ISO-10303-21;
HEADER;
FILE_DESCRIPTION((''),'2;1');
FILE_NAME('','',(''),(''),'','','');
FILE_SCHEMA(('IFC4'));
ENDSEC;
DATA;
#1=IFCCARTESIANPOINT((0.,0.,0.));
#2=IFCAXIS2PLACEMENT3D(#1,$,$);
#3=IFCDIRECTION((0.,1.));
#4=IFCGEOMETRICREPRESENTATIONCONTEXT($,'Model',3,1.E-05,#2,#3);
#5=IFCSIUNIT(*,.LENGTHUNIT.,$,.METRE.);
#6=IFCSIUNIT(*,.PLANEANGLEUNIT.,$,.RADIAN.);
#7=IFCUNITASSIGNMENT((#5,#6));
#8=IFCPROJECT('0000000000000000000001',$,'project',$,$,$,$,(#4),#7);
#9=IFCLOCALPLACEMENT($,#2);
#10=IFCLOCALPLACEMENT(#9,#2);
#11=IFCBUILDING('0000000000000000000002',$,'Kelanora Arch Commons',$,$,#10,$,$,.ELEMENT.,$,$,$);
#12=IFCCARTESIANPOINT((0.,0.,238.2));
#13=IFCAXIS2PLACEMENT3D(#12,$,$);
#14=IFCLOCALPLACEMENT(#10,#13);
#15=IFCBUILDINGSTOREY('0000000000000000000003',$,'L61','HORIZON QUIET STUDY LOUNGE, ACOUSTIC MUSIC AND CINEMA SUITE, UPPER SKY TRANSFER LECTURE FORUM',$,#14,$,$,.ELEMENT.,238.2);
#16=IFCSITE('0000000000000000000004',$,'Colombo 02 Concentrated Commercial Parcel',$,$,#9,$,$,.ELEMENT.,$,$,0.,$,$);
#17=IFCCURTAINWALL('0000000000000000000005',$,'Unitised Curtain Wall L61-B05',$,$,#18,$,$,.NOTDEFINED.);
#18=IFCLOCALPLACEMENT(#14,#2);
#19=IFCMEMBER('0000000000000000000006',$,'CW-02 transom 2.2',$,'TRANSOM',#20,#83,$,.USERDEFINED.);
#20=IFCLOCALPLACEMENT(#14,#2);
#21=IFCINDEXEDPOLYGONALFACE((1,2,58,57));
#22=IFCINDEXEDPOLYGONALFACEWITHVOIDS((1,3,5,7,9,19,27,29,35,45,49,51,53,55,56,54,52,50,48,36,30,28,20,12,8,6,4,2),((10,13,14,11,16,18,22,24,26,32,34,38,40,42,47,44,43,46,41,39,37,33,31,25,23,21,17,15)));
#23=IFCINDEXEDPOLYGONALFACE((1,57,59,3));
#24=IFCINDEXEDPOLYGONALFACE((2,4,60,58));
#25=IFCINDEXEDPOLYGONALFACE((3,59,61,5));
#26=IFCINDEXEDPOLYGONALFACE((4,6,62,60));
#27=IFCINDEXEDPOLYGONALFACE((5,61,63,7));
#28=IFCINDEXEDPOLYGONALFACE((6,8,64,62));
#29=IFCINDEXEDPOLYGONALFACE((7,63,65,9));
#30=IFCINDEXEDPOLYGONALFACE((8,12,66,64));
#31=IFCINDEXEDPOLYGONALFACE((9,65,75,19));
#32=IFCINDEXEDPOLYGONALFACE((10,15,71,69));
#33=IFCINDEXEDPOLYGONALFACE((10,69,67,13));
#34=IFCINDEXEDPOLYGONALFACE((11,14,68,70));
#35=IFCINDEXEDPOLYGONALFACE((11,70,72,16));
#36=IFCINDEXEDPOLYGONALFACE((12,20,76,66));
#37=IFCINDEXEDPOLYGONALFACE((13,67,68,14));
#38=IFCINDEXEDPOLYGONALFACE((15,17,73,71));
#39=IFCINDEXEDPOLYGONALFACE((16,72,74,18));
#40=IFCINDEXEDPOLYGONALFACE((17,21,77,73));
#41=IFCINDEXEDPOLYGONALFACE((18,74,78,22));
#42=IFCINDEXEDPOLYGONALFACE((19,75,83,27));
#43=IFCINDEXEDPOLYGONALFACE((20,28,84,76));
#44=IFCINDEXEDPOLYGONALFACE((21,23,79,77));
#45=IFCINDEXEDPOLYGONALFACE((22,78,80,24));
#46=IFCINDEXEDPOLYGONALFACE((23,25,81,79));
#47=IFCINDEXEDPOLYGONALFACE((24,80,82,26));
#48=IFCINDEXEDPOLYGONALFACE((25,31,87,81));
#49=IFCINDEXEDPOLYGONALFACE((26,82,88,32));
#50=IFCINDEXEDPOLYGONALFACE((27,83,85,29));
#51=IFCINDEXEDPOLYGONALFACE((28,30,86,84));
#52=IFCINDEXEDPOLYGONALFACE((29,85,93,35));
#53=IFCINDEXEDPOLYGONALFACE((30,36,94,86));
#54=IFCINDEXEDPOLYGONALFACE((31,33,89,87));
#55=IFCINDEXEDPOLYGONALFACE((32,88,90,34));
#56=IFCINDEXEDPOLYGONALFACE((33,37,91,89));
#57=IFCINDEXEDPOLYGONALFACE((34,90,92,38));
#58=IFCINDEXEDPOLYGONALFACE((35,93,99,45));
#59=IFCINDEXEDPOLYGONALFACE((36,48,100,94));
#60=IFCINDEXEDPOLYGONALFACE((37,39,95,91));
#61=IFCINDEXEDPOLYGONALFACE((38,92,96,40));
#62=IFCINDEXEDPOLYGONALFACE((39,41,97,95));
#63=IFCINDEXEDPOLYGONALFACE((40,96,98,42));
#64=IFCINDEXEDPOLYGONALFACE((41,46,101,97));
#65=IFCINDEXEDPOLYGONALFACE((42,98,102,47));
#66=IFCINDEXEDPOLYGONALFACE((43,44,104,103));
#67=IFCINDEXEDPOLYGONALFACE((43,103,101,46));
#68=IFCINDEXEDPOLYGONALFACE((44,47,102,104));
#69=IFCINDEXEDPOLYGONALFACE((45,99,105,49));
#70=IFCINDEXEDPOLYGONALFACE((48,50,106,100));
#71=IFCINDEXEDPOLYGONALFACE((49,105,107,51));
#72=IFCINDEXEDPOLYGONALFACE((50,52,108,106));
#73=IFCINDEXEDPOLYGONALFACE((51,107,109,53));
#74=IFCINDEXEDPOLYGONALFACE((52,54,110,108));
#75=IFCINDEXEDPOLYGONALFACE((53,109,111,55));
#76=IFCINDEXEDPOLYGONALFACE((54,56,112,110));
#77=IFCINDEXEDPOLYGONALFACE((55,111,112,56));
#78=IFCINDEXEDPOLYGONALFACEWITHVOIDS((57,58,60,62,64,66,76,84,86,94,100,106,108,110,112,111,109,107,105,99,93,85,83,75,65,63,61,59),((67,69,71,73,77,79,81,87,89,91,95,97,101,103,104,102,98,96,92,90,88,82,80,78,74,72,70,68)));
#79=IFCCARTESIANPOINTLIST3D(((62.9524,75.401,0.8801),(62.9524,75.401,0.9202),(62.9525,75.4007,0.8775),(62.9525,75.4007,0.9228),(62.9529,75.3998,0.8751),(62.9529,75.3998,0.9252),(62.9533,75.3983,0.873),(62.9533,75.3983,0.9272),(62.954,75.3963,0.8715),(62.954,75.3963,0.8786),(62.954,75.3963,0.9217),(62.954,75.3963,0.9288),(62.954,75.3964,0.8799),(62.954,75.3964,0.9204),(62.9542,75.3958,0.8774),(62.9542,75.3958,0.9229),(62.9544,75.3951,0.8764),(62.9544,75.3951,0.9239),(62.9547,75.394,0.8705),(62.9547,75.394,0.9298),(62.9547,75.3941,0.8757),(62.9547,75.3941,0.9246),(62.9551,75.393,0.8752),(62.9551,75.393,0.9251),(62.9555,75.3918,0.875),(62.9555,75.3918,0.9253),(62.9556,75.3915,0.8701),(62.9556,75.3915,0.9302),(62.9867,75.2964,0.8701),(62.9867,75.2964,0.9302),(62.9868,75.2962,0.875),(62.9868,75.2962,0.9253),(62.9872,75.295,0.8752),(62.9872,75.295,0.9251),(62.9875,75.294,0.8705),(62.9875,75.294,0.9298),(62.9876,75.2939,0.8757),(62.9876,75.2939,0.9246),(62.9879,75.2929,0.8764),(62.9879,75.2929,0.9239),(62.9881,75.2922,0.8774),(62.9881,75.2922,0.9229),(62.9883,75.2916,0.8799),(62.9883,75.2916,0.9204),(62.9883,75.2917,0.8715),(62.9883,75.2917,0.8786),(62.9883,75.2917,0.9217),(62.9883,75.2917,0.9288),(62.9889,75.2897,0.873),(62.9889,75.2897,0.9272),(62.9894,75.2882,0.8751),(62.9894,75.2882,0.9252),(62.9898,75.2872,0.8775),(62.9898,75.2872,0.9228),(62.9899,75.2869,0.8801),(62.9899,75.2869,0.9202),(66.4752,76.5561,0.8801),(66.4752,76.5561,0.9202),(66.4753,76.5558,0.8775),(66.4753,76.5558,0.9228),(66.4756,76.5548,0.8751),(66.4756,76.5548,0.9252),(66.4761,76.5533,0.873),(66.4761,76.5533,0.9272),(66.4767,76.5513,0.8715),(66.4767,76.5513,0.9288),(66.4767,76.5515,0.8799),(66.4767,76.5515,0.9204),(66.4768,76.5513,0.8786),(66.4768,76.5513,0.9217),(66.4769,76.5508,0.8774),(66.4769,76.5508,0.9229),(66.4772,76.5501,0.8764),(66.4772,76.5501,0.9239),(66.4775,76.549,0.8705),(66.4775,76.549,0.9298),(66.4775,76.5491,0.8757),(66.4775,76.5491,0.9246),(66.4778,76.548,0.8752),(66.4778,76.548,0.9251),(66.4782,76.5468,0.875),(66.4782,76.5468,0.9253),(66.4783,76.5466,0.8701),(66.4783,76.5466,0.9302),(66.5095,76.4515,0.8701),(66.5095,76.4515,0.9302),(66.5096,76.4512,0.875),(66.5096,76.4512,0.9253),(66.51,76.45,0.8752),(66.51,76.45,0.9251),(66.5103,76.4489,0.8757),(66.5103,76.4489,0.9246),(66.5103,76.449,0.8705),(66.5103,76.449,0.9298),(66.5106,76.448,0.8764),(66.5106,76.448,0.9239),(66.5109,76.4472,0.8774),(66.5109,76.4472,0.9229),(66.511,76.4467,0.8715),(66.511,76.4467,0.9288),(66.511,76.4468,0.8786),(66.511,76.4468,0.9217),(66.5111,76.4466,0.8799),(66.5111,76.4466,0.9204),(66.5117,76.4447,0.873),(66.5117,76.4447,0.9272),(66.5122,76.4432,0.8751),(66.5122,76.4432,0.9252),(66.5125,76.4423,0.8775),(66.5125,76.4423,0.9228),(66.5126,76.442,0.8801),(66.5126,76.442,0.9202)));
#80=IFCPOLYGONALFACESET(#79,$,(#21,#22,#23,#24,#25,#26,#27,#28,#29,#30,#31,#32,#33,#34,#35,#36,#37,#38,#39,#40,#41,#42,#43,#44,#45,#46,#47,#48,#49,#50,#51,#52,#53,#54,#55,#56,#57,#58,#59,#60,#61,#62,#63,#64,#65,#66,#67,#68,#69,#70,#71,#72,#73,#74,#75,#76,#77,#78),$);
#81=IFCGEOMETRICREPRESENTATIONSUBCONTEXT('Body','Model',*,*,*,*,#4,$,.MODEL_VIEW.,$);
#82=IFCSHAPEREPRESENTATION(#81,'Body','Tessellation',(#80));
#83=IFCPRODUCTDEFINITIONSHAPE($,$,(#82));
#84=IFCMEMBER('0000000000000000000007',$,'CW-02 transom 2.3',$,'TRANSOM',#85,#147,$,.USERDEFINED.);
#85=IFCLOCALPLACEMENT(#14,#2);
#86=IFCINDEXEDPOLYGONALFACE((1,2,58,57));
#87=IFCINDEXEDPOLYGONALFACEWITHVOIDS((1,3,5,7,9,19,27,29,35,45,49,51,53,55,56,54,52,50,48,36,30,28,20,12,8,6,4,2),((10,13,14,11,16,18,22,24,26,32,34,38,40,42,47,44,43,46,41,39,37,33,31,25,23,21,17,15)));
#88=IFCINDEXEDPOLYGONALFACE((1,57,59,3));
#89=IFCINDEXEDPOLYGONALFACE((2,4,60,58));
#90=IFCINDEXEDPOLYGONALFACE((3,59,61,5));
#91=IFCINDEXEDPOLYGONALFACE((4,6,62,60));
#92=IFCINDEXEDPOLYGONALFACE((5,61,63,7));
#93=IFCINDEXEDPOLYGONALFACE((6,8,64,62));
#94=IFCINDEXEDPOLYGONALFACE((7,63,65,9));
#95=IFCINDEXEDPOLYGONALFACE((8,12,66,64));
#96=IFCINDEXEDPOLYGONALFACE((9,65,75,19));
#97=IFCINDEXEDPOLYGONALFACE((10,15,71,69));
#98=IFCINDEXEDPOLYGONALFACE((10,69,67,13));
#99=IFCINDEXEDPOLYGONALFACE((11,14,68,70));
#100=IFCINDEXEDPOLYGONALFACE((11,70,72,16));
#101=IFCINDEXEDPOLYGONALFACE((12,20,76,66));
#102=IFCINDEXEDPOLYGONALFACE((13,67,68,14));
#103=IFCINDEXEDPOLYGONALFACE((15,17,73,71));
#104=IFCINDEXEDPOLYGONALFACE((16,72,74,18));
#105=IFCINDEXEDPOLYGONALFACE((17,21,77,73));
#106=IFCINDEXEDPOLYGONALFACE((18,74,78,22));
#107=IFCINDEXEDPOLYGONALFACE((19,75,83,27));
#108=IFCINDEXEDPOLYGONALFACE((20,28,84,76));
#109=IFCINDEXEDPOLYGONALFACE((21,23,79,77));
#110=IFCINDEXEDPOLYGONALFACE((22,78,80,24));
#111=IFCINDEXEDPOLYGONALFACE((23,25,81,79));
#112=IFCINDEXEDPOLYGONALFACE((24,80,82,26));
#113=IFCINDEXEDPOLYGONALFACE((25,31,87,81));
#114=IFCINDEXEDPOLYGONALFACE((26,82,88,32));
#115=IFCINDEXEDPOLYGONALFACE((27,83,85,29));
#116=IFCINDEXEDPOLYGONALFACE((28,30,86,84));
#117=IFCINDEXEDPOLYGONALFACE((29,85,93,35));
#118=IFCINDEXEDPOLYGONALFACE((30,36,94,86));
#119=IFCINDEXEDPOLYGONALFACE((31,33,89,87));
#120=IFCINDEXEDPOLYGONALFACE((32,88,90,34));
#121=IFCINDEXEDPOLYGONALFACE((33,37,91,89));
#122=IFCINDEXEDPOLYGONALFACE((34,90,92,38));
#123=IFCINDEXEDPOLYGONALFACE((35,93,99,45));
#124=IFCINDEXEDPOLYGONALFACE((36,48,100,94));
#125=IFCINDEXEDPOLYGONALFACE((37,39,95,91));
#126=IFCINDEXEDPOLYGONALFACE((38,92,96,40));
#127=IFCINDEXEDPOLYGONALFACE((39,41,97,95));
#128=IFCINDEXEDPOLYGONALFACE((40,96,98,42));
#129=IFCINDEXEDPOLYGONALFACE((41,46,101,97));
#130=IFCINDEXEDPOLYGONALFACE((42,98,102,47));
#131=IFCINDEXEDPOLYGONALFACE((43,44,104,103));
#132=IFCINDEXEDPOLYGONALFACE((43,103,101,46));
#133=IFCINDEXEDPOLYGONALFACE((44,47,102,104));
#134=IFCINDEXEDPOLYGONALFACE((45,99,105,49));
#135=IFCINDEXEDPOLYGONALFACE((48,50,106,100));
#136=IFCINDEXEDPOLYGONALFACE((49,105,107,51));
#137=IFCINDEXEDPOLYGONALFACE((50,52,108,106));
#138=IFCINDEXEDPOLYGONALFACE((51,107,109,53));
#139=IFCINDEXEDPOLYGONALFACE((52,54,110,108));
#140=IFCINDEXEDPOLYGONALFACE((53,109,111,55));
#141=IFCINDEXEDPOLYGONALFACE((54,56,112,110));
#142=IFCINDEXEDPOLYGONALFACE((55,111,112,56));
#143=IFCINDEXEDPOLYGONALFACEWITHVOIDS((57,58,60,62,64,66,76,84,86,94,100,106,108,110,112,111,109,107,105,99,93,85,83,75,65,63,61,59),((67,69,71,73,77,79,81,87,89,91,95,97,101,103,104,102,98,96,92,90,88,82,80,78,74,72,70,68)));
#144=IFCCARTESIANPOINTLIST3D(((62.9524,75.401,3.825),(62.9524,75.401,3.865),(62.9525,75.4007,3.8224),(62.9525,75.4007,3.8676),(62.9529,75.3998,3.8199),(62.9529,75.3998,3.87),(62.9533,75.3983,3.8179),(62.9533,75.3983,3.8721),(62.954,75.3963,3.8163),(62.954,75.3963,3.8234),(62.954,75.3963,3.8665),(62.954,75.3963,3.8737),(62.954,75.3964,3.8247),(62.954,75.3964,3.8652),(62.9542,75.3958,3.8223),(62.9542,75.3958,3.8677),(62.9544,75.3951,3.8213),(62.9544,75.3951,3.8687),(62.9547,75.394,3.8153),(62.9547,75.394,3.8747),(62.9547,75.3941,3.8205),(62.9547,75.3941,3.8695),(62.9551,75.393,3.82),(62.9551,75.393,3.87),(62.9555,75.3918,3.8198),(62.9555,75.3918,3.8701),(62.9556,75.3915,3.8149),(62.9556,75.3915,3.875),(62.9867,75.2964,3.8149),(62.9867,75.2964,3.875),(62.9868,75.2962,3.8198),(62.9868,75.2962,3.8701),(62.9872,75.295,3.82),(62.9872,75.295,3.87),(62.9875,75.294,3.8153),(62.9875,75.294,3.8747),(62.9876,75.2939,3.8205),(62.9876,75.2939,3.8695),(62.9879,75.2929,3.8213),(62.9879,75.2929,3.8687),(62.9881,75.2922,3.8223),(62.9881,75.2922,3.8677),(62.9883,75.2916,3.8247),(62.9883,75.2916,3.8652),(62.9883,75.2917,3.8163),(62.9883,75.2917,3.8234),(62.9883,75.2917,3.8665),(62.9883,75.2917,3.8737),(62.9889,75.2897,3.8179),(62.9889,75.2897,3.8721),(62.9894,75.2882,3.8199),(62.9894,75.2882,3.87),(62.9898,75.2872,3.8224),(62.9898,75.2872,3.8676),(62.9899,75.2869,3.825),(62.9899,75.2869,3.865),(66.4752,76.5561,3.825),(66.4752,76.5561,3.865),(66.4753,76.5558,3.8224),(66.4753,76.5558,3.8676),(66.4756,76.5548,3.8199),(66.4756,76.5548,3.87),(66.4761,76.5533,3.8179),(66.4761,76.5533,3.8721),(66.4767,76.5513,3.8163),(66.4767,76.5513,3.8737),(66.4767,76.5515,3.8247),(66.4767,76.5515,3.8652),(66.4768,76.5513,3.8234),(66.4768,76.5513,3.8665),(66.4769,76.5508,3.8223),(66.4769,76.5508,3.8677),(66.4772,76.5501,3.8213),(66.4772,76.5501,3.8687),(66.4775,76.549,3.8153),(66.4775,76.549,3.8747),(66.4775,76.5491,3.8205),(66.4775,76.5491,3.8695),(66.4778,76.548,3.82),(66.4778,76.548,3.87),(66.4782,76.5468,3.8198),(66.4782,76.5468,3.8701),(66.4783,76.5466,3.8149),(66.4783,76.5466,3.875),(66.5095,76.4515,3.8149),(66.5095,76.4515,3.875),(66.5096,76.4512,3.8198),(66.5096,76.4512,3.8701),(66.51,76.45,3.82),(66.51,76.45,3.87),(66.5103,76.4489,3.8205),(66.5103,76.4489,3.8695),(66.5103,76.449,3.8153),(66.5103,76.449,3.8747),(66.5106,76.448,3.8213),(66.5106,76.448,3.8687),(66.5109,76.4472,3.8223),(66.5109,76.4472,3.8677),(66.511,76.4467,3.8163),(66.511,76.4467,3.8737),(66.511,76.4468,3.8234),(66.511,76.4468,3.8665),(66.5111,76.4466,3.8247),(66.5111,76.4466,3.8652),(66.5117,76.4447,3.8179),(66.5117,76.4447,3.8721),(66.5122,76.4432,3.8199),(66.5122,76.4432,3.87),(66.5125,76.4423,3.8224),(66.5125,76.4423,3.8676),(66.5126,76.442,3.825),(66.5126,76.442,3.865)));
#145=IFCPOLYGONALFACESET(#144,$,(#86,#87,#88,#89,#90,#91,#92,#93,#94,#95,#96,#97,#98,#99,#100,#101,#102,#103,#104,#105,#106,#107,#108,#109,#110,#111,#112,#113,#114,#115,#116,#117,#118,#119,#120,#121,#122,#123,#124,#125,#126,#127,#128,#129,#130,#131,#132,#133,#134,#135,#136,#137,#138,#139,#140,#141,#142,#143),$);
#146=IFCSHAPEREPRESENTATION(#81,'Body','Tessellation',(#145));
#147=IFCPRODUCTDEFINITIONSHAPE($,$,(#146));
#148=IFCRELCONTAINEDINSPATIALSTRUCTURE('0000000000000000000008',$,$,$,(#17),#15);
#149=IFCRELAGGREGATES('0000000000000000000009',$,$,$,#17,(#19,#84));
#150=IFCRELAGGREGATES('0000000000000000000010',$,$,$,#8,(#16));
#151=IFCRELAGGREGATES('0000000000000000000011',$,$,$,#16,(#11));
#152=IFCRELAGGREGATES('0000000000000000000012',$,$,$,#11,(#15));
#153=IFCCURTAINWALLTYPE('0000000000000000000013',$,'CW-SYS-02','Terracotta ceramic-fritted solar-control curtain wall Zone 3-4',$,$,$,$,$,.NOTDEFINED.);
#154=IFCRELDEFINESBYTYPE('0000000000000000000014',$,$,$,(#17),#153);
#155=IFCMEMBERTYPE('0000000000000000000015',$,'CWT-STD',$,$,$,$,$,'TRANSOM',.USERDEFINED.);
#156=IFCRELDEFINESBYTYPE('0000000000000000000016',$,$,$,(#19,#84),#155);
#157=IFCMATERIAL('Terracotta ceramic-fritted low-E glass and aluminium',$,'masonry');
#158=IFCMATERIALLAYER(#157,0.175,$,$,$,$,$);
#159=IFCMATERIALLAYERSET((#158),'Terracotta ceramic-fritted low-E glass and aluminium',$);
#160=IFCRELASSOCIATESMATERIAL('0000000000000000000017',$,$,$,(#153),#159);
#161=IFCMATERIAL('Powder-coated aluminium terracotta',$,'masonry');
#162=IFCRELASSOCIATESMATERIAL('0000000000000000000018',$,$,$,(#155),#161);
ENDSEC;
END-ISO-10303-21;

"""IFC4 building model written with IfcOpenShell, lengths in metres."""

from ifc_helpers import new_model, si_unit, direction, frame, origin, origin_2d, place, context, subcontext, project, spatial, hollow_rectangle, extrude, material, layer, layer_set, material_profile, profile_set, type_object, element, aggregate, save


model = new_model("IFC4")

# Units and contexts
model_context = context("Model", 3, precision=1e-05, world=origin(), true_north=direction((0.0, 1.0)))
body_context = subcontext(model_context, "Body", "Model", "MODEL_VIEW")
ifc_project = project(units=[si_unit("LENGTHUNIT", "METRE"), si_unit("PLANEANGLEUNIT", "RADIAN")], contexts=[model_context])

# Site, building, storey
site_placement = place(None, origin())
site = spatial("IfcSite", under=ifc_project, at=site_placement, Name="Colombo 02 Concentrated Commercial Parcel", CompositionType="ELEMENT", RefElevation=0.0)
building_placement = place(site_placement, origin())
building = spatial("IfcBuilding", under=site, at=building_placement, Name="Kelanora Arch Commons", CompositionType="ELEMENT")
storey_placement = place(building_placement, frame((0.0, 0.0, 238.2)))
storey = spatial("IfcBuildingStorey", under=building, at=storey_placement, Name="L61", Description="HORIZON QUIET STUDY LOUNGE, ACOUSTIC MUSIC AND CINEMA SUITE, UPPER SKY TRANSFER LECTURE FORUM", CompositionType="ELEMENT", Elevation=238.2)

# Curtain wall, members
ifc_material_1 = material(Name="Terracotta ceramic-fritted low-E glass and aluminium", Category="masonry")
ifc_layer_1 = layer(ifc_material_1, 0.175)
ifc_layer_set_1 = layer_set([ifc_layer_1], Name="Terracotta ceramic-fritted low-E glass and aluminium")
curtain_wall_type = type_object("IfcCurtainWallType", Name="CW-SYS-02", Description="Terracotta ceramic-fritted solar-control curtain wall Zone 3-4", PredefinedType="NOTDEFINED", material=ifc_layer_set_1)
curtain_wall_placement = place(storey_placement, origin())
curtain_wall = element("IfcCurtainWall", 1, at=curtain_wall_placement, inside=storey, type_object=curtain_wall_type, Name="Unitised Curtain Wall L61-B05", PredefinedType="NOTDEFINED")
ifc_material_2 = material(Name="Powder-coated aluminium terracotta", Category="masonry")
ifc_material_profile_1 = material_profile(ifc_material_2, hollow_rectangle(XDim=0.1201, YDim=0.0601, WallThickness=0.0049, InnerFilletRadius=0.0049, OuterFilletRadius=0.01, at=origin_2d()), Name="CWT120x60")
ifc_profile_set_1 = profile_set([ifc_material_profile_1], Name="Powder-coated aluminium terracotta")
member_type_1 = type_object("IfcMemberType", Name="CWT-STD", ElementType="TRANSOM", PredefinedType="USERDEFINED", material=ifc_profile_set_1)
member_1_placement = place(storey_placement, frame((66.4939, 76.499, 0.9001), z_axis=(-0.950226, -0.311561, 0.0), x_axis=(0.311561, -0.950226, 0.0)))
member_1 = element("IfcMember", 2, at=member_1_placement, type_object=member_type_1, Name="CW-02 transom 2.2", ObjectType="TRANSOM", PredefinedType="USERDEFINED", context=body_context, shape_type="SweptSolid", body=[
    extrude(hollow_rectangle(XDim=0.1201, YDim=0.0601, WallThickness=0.0049, InnerFilletRadius=0.0049, OuterFilletRadius=0.01, at=origin_2d()), origin(), (0.0, 0.0, 1.0), 3.7073),
])
member_2_placement = place(storey_placement, frame((66.4939, 76.499, 3.845), z_axis=(-0.950226, -0.311561, 0.0), x_axis=(0.311561, -0.950226, 0.0)))
member_2 = element("IfcMember", 3, at=member_2_placement, type_object=member_type_1, Name="CW-02 transom 2.3", ObjectType="TRANSOM", PredefinedType="USERDEFINED", context=body_context, shape_type="SweptSolid", body=[
    extrude(hollow_rectangle(XDim=0.1201, YDim=0.0601, WallThickness=0.0049, InnerFilletRadius=0.0049, OuterFilletRadius=0.01, at=origin_2d()), origin(), (0.0, 0.0, 1.0), 3.7073),
])
aggregate(curtain_wall, [member_1, member_2])

save(model, "model.ifc")
